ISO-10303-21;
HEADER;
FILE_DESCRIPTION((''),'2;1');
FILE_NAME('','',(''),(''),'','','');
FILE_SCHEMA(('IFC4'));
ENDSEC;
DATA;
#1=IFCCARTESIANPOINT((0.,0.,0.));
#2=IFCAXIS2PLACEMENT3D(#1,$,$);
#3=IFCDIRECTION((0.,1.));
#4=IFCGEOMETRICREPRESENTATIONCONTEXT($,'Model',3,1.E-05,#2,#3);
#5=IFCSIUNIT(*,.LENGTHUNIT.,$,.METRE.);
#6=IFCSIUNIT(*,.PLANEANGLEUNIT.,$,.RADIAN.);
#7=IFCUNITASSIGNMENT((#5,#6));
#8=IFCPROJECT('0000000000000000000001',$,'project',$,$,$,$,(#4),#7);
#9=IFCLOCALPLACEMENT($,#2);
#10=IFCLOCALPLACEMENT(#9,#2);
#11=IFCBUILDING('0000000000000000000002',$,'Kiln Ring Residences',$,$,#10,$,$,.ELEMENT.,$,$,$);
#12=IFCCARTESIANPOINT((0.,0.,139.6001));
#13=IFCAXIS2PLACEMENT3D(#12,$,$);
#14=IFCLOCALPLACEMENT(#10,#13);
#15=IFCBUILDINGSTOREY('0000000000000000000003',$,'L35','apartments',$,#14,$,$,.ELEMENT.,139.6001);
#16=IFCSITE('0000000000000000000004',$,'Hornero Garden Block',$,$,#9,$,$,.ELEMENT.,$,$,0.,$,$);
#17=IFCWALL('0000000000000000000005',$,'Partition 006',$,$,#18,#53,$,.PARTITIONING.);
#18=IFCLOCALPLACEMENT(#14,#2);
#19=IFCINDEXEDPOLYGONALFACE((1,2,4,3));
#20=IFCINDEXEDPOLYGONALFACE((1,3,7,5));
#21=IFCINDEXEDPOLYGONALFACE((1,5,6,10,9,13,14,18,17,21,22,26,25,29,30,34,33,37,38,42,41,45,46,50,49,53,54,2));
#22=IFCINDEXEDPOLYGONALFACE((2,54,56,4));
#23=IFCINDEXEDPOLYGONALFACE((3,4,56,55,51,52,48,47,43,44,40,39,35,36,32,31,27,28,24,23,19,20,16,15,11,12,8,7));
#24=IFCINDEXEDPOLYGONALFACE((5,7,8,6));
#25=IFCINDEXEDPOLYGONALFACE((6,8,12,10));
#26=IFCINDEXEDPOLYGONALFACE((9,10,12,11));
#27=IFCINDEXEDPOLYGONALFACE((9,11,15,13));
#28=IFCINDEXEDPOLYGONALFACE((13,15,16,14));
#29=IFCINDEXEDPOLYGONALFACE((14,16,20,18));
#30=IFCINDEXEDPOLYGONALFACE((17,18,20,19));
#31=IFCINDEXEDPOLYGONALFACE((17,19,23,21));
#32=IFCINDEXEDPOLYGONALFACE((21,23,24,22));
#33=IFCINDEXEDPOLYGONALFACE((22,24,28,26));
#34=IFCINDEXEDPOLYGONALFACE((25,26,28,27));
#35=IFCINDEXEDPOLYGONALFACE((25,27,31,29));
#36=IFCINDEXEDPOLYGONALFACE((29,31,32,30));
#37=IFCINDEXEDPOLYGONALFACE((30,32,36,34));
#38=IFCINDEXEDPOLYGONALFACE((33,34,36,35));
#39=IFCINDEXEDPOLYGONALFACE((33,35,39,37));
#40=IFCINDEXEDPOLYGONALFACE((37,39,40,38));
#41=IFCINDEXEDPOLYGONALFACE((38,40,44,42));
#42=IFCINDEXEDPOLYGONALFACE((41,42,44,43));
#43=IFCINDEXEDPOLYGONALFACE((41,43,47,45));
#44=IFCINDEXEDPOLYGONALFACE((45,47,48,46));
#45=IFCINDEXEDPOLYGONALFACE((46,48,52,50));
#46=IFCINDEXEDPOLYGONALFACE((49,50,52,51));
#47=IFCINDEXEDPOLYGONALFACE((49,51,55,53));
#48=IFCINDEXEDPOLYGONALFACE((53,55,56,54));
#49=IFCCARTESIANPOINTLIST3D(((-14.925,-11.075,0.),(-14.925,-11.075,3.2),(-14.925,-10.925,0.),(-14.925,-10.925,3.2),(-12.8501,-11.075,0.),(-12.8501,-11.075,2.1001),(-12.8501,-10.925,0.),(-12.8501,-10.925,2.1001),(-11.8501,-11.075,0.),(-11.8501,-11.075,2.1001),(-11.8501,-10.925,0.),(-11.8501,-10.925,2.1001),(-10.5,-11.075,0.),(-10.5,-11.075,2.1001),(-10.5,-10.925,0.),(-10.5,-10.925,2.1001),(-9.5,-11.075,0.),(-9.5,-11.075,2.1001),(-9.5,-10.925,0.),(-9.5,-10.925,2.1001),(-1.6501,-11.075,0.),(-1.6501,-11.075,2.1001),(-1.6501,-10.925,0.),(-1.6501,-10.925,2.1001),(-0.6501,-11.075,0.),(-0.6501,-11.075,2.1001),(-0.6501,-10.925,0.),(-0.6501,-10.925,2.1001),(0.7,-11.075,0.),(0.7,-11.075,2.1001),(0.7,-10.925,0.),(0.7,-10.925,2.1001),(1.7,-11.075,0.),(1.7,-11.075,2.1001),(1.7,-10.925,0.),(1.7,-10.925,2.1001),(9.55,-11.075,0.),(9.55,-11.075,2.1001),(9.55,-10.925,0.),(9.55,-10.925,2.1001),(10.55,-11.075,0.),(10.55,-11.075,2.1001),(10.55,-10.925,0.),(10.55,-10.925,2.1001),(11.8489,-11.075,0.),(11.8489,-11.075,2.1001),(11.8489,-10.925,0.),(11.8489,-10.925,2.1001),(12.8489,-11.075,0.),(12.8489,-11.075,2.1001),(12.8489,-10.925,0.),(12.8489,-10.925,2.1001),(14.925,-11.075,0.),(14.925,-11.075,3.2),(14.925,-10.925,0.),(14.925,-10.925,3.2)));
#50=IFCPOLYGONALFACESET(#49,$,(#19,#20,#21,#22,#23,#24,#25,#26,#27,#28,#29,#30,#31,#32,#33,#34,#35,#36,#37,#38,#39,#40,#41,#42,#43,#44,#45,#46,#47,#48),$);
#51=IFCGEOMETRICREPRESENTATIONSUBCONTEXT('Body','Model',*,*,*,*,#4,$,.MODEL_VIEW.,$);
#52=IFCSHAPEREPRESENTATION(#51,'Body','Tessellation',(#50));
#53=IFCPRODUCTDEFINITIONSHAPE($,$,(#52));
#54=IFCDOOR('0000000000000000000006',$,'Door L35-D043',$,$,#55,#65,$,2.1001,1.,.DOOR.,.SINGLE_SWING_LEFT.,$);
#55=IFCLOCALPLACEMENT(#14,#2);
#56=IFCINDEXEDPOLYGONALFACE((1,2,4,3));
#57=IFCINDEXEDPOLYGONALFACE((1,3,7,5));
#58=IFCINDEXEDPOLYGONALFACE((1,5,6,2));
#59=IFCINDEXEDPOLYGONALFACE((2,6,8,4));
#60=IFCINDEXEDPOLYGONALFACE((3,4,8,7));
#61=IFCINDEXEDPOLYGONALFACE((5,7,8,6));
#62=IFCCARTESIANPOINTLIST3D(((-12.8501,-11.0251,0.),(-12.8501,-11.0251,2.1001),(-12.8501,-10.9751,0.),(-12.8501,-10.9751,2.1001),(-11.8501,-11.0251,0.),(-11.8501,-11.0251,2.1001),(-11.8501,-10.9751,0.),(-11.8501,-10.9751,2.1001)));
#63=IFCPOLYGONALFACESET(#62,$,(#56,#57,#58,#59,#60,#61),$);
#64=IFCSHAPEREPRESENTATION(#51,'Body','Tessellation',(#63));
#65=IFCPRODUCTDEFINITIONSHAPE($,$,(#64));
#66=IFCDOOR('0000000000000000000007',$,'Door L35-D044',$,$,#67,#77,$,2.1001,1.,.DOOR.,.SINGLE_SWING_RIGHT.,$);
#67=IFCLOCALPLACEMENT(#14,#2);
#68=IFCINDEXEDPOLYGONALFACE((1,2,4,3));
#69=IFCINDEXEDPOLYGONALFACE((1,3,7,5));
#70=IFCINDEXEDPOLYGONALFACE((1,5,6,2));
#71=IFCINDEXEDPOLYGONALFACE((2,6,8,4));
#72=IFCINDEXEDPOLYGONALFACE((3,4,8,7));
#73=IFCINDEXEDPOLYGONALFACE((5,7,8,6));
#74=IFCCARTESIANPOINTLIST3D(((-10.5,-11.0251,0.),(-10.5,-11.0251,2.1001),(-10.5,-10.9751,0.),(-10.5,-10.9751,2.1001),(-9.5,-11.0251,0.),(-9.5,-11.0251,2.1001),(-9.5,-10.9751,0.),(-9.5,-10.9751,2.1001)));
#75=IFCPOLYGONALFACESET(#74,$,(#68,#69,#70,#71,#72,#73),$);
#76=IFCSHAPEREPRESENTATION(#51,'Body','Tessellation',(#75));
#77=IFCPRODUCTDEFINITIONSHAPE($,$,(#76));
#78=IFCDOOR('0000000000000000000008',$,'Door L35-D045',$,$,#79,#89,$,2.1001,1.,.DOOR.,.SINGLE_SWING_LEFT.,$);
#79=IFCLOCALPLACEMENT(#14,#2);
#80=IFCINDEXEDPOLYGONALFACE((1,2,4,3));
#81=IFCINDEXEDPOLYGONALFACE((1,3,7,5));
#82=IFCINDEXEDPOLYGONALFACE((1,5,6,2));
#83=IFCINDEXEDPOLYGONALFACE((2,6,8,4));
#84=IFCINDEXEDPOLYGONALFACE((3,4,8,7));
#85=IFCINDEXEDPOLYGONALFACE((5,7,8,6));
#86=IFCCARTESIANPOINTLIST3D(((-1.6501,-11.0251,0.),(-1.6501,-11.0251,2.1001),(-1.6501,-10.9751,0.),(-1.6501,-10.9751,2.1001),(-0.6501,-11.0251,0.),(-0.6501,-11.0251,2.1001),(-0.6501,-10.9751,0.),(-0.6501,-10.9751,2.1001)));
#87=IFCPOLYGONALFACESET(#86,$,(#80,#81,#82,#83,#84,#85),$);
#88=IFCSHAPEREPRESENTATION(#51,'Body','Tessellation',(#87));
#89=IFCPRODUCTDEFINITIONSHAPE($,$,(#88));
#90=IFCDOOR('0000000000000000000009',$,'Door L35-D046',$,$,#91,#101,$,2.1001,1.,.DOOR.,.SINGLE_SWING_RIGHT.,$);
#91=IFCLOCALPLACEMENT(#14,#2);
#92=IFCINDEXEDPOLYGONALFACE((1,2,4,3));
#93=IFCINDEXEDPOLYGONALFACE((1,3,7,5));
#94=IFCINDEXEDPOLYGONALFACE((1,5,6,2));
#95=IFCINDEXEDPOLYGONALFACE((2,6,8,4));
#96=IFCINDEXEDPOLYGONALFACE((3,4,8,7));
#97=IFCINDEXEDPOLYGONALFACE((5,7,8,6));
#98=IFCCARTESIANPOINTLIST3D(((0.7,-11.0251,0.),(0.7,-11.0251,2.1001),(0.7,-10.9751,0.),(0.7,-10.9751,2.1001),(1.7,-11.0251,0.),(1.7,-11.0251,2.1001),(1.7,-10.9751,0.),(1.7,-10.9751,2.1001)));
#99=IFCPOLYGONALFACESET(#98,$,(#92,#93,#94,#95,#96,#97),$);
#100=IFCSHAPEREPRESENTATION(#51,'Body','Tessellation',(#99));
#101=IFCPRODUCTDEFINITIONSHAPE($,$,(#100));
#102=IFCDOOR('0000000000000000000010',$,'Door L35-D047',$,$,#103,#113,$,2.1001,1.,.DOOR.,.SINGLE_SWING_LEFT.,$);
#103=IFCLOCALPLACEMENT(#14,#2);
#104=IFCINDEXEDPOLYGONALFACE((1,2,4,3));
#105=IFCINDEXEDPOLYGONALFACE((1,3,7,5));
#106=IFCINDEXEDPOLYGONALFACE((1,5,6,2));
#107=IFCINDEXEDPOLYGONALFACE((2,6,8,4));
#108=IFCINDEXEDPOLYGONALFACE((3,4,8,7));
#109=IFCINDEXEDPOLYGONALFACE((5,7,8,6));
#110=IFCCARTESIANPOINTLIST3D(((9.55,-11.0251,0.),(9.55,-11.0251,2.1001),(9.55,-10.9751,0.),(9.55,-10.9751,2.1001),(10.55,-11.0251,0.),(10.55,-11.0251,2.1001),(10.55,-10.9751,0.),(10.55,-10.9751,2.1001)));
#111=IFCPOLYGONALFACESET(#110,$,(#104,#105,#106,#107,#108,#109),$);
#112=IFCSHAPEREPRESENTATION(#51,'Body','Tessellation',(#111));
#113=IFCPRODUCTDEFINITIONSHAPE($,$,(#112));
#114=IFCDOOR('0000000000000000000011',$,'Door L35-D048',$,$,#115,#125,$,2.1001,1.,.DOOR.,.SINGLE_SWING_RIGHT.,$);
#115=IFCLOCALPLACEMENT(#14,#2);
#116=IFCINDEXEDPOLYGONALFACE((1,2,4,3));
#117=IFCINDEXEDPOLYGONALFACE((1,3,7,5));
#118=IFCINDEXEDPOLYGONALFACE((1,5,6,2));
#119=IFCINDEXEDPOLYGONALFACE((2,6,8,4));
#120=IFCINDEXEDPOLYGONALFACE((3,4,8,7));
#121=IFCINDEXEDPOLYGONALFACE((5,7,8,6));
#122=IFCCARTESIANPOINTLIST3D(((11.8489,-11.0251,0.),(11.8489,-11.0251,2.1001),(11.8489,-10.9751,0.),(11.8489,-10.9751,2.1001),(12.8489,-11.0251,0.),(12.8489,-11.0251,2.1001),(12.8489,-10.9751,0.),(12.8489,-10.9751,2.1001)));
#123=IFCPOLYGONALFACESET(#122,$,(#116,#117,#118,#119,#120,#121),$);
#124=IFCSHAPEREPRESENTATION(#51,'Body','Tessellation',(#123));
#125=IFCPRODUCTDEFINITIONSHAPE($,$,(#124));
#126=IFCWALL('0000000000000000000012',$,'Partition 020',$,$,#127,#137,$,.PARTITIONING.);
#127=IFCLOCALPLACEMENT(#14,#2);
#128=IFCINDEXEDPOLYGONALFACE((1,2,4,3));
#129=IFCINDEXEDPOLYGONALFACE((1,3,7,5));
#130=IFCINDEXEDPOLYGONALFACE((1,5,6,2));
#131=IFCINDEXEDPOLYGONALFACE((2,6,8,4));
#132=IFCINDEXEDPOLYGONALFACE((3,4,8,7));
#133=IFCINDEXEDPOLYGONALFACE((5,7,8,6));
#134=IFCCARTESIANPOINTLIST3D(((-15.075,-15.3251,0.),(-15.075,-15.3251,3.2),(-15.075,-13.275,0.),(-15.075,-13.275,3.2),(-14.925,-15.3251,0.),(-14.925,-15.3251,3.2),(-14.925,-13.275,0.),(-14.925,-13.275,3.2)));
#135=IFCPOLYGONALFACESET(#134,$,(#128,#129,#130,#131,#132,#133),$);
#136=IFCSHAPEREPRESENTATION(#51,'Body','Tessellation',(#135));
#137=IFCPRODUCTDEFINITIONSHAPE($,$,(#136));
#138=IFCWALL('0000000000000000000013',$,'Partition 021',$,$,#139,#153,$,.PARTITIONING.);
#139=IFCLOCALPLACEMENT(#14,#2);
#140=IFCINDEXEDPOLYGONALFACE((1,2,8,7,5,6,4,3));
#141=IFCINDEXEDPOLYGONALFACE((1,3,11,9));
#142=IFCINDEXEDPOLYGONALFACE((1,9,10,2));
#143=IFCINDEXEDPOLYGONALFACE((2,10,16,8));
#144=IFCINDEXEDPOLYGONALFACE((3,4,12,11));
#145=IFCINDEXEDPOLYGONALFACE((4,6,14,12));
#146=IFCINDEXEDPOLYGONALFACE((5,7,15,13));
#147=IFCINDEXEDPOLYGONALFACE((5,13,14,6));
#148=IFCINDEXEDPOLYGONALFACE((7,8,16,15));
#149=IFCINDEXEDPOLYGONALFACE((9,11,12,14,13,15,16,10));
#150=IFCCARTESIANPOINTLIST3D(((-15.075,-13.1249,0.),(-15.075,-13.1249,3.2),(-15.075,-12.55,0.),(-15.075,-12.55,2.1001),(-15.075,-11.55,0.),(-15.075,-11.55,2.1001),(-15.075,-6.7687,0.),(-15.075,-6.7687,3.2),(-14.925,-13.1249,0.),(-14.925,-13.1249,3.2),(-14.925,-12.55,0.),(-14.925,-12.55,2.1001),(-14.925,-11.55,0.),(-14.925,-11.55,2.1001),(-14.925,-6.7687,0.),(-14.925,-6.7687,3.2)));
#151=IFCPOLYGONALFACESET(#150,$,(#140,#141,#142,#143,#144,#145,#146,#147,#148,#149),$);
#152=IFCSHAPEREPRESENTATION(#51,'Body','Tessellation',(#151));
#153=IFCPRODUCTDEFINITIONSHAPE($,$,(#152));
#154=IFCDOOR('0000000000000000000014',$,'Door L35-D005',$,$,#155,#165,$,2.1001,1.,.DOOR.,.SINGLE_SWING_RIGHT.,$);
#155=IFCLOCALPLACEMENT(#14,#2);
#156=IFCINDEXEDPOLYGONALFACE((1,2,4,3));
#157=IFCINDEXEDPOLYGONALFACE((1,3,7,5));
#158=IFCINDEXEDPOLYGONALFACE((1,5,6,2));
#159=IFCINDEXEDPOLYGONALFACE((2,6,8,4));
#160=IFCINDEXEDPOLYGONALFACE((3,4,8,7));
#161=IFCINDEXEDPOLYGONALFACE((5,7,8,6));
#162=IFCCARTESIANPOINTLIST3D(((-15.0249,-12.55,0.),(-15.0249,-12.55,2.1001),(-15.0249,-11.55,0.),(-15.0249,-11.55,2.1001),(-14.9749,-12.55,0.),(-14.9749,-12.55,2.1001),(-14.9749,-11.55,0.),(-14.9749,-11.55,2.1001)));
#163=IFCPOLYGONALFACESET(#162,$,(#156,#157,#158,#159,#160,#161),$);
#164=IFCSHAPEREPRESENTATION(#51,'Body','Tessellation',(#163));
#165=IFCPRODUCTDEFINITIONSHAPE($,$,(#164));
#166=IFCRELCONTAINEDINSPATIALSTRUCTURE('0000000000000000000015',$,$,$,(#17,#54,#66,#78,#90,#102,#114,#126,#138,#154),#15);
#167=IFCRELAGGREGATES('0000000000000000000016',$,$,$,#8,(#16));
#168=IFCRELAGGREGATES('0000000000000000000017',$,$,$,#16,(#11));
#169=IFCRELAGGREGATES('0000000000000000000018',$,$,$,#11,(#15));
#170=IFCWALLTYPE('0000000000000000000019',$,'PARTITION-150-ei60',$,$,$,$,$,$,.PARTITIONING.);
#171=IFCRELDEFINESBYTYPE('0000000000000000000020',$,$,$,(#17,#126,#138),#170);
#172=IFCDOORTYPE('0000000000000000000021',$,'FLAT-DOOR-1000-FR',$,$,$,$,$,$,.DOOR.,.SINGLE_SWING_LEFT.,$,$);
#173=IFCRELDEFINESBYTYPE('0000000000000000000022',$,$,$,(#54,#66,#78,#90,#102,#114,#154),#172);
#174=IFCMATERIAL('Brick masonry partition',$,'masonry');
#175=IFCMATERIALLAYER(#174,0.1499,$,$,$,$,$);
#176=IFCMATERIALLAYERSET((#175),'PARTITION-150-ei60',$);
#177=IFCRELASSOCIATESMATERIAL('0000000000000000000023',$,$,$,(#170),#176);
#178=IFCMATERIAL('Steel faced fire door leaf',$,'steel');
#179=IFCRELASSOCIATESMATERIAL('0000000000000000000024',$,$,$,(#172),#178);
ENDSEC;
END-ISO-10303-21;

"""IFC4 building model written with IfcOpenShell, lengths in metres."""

from ifc_helpers import new_model, si_unit, direction, frame, frame_2d, origin, place, context, subcontext, project, spatial, rectangle, extrude, material, layer, layer_set, type_object, element, fill, save


model = new_model("IFC4")

# Units and contexts
model_context = context("Model", 3, precision=1e-05, world=origin(), true_north=direction((0.0, 1.0)))
body_context = subcontext(model_context, "Body", "Model", "MODEL_VIEW")
ifc_project = project(units=[si_unit("LENGTHUNIT", "METRE"), si_unit("PLANEANGLEUNIT", "RADIAN")], contexts=[model_context])

# Site, building, storey
site_placement = place(None, origin())
site = spatial("IfcSite", under=ifc_project, at=site_placement, Name="Hornero Garden Block", CompositionType="ELEMENT", RefElevation=0.0)
building_placement = place(site_placement, origin())
building = spatial("IfcBuilding", under=site, at=building_placement, Name="Kiln Ring Residences", CompositionType="ELEMENT")
storey_placement = place(building_placement, frame((0.0, 0.0, 139.6001)))
storey = spatial("IfcBuildingStorey", under=building, at=storey_placement, Name="L35", Description="apartments", CompositionType="ELEMENT", Elevation=139.6001)

# Wall, openings, doors
ifc_material_1 = material(Name="Brick masonry partition", Category="masonry")
ifc_layer_1 = layer(ifc_material_1, 0.1499)
ifc_layer_set_1 = layer_set([ifc_layer_1], Name="PARTITION-150-ei60")
wall_type_1 = type_object("IfcWallType", Name="PARTITION-150-ei60", PredefinedType="PARTITIONING", material=ifc_layer_set_1)
ifc_material_2 = material(Name="Steel faced fire door leaf", Category="steel")
door_type = type_object("IfcDoorType", Name="FLAT-DOOR-1000-FR", OperationType="SINGLE_SWING_LEFT", PredefinedType="DOOR", material=ifc_material_2)
wall_1_placement = place(storey_placement, frame((-14.925, -11.0, 0.0), z_axis=(0.0, 0.0, 1.0), x_axis=(1.0, 0.0, 0.0)))
wall_1 = element("IfcWall", 1, at=wall_1_placement, inside=storey, type_object=wall_type_1, Name="Partition 006", PredefinedType="PARTITIONING", context=body_context, shape_type="SweptSolid", body=[
    extrude(rectangle(XDim=29.8501, YDim=0.1499, at=frame_2d((14.925, 0.0))), origin(), (0.0, 0.0, 1.0), 3.2),
])
opening_1_placement = place(wall_1_placement, frame((2.075, 0.0, 0.0)))
opening_1 = element("IfcOpeningElement", 2, at=opening_1_placement, cuts=wall_1, PredefinedType="OPENING", context=body_context, shape_type="SweptSolid", body=[
    extrude(rectangle(XDim=1.0, YDim=2.1001, at=frame_2d((0.5, 1.05))), frame((0.0, 0.085, 0.0), z_axis=(0.0, -1.0, 0.0), x_axis=(1.0, 0.0, 0.0)), (0.0, 0.0, 1.0), 0.1699),
])
opening_2_placement = place(wall_1_placement, frame((4.425, 0.0, 0.0)))
opening_2 = element("IfcOpeningElement", 3, at=opening_2_placement, cuts=wall_1, PredefinedType="OPENING", context=body_context, shape_type="SweptSolid", body=[
    extrude(rectangle(XDim=1.0, YDim=2.1001, at=frame_2d((0.5, 1.05))), frame((0.0, 0.085, 0.0), z_axis=(0.0, -1.0, 0.0), x_axis=(1.0, 0.0, 0.0)), (0.0, 0.0, 1.0), 0.1699),
])
opening_3_placement = place(wall_1_placement, frame((13.2749, 0.0, 0.0)))
opening_3 = element("IfcOpeningElement", 4, at=opening_3_placement, cuts=wall_1, PredefinedType="OPENING", context=body_context, shape_type="SweptSolid", body=[
    extrude(rectangle(XDim=1.0, YDim=2.1001, at=frame_2d((0.5, 1.05))), frame((0.0, 0.085, 0.0), z_axis=(0.0, -1.0, 0.0), x_axis=(1.0, 0.0, 0.0)), (0.0, 0.0, 1.0), 0.1699),
])
opening_4_placement = place(wall_1_placement, frame((15.625, 0.0, 0.0)))
opening_4 = element("IfcOpeningElement", 5, at=opening_4_placement, cuts=wall_1, PredefinedType="OPENING", context=body_context, shape_type="SweptSolid", body=[
    extrude(rectangle(XDim=1.0, YDim=2.1001, at=frame_2d((0.5, 1.05))), frame((0.0, 0.085, 0.0), z_axis=(0.0, -1.0, 0.0), x_axis=(1.0, 0.0, 0.0)), (0.0, 0.0, 1.0), 0.1699),
])
opening_5_placement = place(wall_1_placement, frame((24.4751, 0.0, 0.0)))
opening_5 = element("IfcOpeningElement", 6, at=opening_5_placement, cuts=wall_1, PredefinedType="OPENING", context=body_context, shape_type="SweptSolid", body=[
    extrude(rectangle(XDim=1.0, YDim=2.1001, at=frame_2d((0.5, 1.05))), frame((0.0, 0.085, 0.0), z_axis=(0.0, -1.0, 0.0), x_axis=(1.0, 0.0, 0.0)), (0.0, 0.0, 1.0), 0.1699),
])
opening_6_placement = place(wall_1_placement, frame((26.7739, 0.0, 0.0)))
opening_6 = element("IfcOpeningElement", 7, at=opening_6_placement, cuts=wall_1, PredefinedType="OPENING", context=body_context, shape_type="SweptSolid", body=[
    extrude(rectangle(XDim=1.0, YDim=2.1001, at=frame_2d((0.5, 1.05))), frame((0.0, 0.085, 0.0), z_axis=(0.0, -1.0, 0.0), x_axis=(1.0, 0.0, 0.0)), (0.0, 0.0, 1.0), 0.1699),
])
door_1_placement = place(opening_1_placement, origin())
door_1 = element("IfcDoor", 8, at=door_1_placement, inside=storey, type_object=door_type, Name="Door L35-D043", OperationType="SINGLE_SWING_LEFT", OverallHeight=2.1001, OverallWidth=1.0, PredefinedType="DOOR", context=body_context, shape_type="SweptSolid", body=[
    extrude(rectangle(XDim=1.0, YDim=2.1001, at=frame_2d((0.5, 1.05))), frame((0.0, 0.0249, 0.0), z_axis=(0.0, -1.0, 0.0), x_axis=(1.0, 0.0, 0.0)), (0.0, 0.0, 1.0), 0.05),
])
fill(opening_1, door_1)
door_2_placement = place(opening_2_placement, origin())
door_2 = element("IfcDoor", 9, at=door_2_placement, inside=storey, type_object=door_type, Name="Door L35-D044", OperationType="SINGLE_SWING_RIGHT", OverallHeight=2.1001, OverallWidth=1.0, PredefinedType="DOOR", context=body_context, shape_type="SweptSolid", body=[
    extrude(rectangle(XDim=1.0, YDim=2.1001, at=frame_2d((0.5, 1.05))), frame((0.0, 0.0249, 0.0), z_axis=(0.0, -1.0, 0.0), x_axis=(1.0, 0.0, 0.0)), (0.0, 0.0, 1.0), 0.05),
])
fill(opening_2, door_2)
door_3_placement = place(opening_3_placement, origin())
door_3 = element("IfcDoor", 10, at=door_3_placement, inside=storey, type_object=door_type, Name="Door L35-D045", OperationType="SINGLE_SWING_LEFT", OverallHeight=2.1001, OverallWidth=1.0, PredefinedType="DOOR", context=body_context, shape_type="SweptSolid", body=[
    extrude(rectangle(XDim=1.0, YDim=2.1001, at=frame_2d((0.5, 1.05))), frame((0.0, 0.0249, 0.0), z_axis=(0.0, -1.0, 0.0), x_axis=(1.0, 0.0, 0.0)), (0.0, 0.0, 1.0), 0.05),
])
fill(opening_3, door_3)
door_4_placement = place(opening_4_placement, origin())
door_4 = element("IfcDoor", 11, at=door_4_placement, inside=storey, type_object=door_type, Name="Door L35-D046", OperationType="SINGLE_SWING_RIGHT", OverallHeight=2.1001, OverallWidth=1.0, PredefinedType="DOOR", context=body_context, shape_type="SweptSolid", body=[
    extrude(rectangle(XDim=1.0, YDim=2.1001, at=frame_2d((0.5, 1.05))), frame((0.0, 0.0249, 0.0), z_axis=(0.0, -1.0, 0.0), x_axis=(1.0, 0.0, 0.0)), (0.0, 0.0, 1.0), 0.05),
])
fill(opening_4, door_4)
door_5_placement = place(opening_5_placement, origin())
door_5 = element("IfcDoor", 12, at=door_5_placement, inside=storey, type_object=door_type, Name="Door L35-D047", OperationType="SINGLE_SWING_LEFT", OverallHeight=2.1001, OverallWidth=1.0, PredefinedType="DOOR", context=body_context, shape_type="SweptSolid", body=[
    extrude(rectangle(XDim=1.0, YDim=2.1001, at=frame_2d((0.5, 1.05))), frame((0.0, 0.0249, 0.0), z_axis=(0.0, -1.0, 0.0), x_axis=(1.0, 0.0, 0.0)), (0.0, 0.0, 1.0), 0.05),
])
fill(opening_5, door_5)
door_6_placement = place(opening_6_placement, origin())
door_6 = element("IfcDoor", 13, at=door_6_placement, inside=storey, type_object=door_type, Name="Door L35-D048", OperationType="SINGLE_SWING_RIGHT", OverallHeight=2.1001, OverallWidth=1.0, PredefinedType="DOOR", context=body_context, shape_type="SweptSolid", body=[
    extrude(rectangle(XDim=1.0, YDim=2.1001, at=frame_2d((0.5, 1.05))), frame((0.0, 0.0249, 0.0), z_axis=(0.0, -1.0, 0.0), x_axis=(1.0, 0.0, 0.0)), (0.0, 0.0, 1.0), 0.05),
])
fill(opening_6, door_6)

# Wall
wall_2_placement = place(storey_placement, frame((-15.0, -15.325, 0.0), z_axis=(0.0, 0.0, 1.0), x_axis=(0.0, 1.0, 0.0)))
element("IfcWall", 14, at=wall_2_placement, inside=storey, type_object=wall_type_1, Name="Partition 020", PredefinedType="PARTITIONING", context=body_context, shape_type="SweptSolid", body=[
    extrude(rectangle(XDim=2.05, YDim=0.1499, at=frame_2d((1.0249, 0.0))), origin(), (0.0, 0.0, 1.0), 3.2),
])

# Wall, opening, door
wall_3_placement = place(storey_placement, frame((-15.0, -13.125, 0.0), z_axis=(0.0, 0.0, 1.0), x_axis=(0.0, 1.0, 0.0)))
wall_3 = element("IfcWall", 15, at=wall_3_placement, inside=storey, type_object=wall_type_1, Name="Partition 021", PredefinedType="PARTITIONING", context=body_context, shape_type="SweptSolid", body=[
    extrude(rectangle(XDim=6.3562, YDim=0.1499, at=frame_2d((3.1782, 0.0))), origin(), (0.0, 0.0, 1.0), 3.2),
])
opening_7_placement = place(wall_3_placement, frame((0.575, 0.0, 0.0)))
opening_7 = element("IfcOpeningElement", 16, at=opening_7_placement, cuts=wall_3, PredefinedType="OPENING", context=body_context, shape_type="SweptSolid", body=[
    extrude(rectangle(XDim=1.0, YDim=2.1001, at=frame_2d((0.5, 1.05))), frame((0.0, 0.085, 0.0), z_axis=(0.0, -1.0, 0.0), x_axis=(1.0, 0.0, 0.0)), (0.0, 0.0, 1.0), 0.1699),
])
door_7_placement = place(opening_7_placement, origin())
door_7 = element("IfcDoor", 17, at=door_7_placement, inside=storey, type_object=door_type, Name="Door L35-D005", OperationType="SINGLE_SWING_RIGHT", OverallHeight=2.1001, OverallWidth=1.0, PredefinedType="DOOR", context=body_context, shape_type="SweptSolid", body=[
    extrude(rectangle(XDim=1.0, YDim=2.1001, at=frame_2d((0.5, 1.05))), frame((0.0, 0.0249, 0.0), z_axis=(0.0, -1.0, 0.0), x_axis=(1.0, 0.0, 0.0)), (0.0, 0.0, 1.0), 0.05),
])
fill(opening_7, door_7)

save(model, "model.ifc")
